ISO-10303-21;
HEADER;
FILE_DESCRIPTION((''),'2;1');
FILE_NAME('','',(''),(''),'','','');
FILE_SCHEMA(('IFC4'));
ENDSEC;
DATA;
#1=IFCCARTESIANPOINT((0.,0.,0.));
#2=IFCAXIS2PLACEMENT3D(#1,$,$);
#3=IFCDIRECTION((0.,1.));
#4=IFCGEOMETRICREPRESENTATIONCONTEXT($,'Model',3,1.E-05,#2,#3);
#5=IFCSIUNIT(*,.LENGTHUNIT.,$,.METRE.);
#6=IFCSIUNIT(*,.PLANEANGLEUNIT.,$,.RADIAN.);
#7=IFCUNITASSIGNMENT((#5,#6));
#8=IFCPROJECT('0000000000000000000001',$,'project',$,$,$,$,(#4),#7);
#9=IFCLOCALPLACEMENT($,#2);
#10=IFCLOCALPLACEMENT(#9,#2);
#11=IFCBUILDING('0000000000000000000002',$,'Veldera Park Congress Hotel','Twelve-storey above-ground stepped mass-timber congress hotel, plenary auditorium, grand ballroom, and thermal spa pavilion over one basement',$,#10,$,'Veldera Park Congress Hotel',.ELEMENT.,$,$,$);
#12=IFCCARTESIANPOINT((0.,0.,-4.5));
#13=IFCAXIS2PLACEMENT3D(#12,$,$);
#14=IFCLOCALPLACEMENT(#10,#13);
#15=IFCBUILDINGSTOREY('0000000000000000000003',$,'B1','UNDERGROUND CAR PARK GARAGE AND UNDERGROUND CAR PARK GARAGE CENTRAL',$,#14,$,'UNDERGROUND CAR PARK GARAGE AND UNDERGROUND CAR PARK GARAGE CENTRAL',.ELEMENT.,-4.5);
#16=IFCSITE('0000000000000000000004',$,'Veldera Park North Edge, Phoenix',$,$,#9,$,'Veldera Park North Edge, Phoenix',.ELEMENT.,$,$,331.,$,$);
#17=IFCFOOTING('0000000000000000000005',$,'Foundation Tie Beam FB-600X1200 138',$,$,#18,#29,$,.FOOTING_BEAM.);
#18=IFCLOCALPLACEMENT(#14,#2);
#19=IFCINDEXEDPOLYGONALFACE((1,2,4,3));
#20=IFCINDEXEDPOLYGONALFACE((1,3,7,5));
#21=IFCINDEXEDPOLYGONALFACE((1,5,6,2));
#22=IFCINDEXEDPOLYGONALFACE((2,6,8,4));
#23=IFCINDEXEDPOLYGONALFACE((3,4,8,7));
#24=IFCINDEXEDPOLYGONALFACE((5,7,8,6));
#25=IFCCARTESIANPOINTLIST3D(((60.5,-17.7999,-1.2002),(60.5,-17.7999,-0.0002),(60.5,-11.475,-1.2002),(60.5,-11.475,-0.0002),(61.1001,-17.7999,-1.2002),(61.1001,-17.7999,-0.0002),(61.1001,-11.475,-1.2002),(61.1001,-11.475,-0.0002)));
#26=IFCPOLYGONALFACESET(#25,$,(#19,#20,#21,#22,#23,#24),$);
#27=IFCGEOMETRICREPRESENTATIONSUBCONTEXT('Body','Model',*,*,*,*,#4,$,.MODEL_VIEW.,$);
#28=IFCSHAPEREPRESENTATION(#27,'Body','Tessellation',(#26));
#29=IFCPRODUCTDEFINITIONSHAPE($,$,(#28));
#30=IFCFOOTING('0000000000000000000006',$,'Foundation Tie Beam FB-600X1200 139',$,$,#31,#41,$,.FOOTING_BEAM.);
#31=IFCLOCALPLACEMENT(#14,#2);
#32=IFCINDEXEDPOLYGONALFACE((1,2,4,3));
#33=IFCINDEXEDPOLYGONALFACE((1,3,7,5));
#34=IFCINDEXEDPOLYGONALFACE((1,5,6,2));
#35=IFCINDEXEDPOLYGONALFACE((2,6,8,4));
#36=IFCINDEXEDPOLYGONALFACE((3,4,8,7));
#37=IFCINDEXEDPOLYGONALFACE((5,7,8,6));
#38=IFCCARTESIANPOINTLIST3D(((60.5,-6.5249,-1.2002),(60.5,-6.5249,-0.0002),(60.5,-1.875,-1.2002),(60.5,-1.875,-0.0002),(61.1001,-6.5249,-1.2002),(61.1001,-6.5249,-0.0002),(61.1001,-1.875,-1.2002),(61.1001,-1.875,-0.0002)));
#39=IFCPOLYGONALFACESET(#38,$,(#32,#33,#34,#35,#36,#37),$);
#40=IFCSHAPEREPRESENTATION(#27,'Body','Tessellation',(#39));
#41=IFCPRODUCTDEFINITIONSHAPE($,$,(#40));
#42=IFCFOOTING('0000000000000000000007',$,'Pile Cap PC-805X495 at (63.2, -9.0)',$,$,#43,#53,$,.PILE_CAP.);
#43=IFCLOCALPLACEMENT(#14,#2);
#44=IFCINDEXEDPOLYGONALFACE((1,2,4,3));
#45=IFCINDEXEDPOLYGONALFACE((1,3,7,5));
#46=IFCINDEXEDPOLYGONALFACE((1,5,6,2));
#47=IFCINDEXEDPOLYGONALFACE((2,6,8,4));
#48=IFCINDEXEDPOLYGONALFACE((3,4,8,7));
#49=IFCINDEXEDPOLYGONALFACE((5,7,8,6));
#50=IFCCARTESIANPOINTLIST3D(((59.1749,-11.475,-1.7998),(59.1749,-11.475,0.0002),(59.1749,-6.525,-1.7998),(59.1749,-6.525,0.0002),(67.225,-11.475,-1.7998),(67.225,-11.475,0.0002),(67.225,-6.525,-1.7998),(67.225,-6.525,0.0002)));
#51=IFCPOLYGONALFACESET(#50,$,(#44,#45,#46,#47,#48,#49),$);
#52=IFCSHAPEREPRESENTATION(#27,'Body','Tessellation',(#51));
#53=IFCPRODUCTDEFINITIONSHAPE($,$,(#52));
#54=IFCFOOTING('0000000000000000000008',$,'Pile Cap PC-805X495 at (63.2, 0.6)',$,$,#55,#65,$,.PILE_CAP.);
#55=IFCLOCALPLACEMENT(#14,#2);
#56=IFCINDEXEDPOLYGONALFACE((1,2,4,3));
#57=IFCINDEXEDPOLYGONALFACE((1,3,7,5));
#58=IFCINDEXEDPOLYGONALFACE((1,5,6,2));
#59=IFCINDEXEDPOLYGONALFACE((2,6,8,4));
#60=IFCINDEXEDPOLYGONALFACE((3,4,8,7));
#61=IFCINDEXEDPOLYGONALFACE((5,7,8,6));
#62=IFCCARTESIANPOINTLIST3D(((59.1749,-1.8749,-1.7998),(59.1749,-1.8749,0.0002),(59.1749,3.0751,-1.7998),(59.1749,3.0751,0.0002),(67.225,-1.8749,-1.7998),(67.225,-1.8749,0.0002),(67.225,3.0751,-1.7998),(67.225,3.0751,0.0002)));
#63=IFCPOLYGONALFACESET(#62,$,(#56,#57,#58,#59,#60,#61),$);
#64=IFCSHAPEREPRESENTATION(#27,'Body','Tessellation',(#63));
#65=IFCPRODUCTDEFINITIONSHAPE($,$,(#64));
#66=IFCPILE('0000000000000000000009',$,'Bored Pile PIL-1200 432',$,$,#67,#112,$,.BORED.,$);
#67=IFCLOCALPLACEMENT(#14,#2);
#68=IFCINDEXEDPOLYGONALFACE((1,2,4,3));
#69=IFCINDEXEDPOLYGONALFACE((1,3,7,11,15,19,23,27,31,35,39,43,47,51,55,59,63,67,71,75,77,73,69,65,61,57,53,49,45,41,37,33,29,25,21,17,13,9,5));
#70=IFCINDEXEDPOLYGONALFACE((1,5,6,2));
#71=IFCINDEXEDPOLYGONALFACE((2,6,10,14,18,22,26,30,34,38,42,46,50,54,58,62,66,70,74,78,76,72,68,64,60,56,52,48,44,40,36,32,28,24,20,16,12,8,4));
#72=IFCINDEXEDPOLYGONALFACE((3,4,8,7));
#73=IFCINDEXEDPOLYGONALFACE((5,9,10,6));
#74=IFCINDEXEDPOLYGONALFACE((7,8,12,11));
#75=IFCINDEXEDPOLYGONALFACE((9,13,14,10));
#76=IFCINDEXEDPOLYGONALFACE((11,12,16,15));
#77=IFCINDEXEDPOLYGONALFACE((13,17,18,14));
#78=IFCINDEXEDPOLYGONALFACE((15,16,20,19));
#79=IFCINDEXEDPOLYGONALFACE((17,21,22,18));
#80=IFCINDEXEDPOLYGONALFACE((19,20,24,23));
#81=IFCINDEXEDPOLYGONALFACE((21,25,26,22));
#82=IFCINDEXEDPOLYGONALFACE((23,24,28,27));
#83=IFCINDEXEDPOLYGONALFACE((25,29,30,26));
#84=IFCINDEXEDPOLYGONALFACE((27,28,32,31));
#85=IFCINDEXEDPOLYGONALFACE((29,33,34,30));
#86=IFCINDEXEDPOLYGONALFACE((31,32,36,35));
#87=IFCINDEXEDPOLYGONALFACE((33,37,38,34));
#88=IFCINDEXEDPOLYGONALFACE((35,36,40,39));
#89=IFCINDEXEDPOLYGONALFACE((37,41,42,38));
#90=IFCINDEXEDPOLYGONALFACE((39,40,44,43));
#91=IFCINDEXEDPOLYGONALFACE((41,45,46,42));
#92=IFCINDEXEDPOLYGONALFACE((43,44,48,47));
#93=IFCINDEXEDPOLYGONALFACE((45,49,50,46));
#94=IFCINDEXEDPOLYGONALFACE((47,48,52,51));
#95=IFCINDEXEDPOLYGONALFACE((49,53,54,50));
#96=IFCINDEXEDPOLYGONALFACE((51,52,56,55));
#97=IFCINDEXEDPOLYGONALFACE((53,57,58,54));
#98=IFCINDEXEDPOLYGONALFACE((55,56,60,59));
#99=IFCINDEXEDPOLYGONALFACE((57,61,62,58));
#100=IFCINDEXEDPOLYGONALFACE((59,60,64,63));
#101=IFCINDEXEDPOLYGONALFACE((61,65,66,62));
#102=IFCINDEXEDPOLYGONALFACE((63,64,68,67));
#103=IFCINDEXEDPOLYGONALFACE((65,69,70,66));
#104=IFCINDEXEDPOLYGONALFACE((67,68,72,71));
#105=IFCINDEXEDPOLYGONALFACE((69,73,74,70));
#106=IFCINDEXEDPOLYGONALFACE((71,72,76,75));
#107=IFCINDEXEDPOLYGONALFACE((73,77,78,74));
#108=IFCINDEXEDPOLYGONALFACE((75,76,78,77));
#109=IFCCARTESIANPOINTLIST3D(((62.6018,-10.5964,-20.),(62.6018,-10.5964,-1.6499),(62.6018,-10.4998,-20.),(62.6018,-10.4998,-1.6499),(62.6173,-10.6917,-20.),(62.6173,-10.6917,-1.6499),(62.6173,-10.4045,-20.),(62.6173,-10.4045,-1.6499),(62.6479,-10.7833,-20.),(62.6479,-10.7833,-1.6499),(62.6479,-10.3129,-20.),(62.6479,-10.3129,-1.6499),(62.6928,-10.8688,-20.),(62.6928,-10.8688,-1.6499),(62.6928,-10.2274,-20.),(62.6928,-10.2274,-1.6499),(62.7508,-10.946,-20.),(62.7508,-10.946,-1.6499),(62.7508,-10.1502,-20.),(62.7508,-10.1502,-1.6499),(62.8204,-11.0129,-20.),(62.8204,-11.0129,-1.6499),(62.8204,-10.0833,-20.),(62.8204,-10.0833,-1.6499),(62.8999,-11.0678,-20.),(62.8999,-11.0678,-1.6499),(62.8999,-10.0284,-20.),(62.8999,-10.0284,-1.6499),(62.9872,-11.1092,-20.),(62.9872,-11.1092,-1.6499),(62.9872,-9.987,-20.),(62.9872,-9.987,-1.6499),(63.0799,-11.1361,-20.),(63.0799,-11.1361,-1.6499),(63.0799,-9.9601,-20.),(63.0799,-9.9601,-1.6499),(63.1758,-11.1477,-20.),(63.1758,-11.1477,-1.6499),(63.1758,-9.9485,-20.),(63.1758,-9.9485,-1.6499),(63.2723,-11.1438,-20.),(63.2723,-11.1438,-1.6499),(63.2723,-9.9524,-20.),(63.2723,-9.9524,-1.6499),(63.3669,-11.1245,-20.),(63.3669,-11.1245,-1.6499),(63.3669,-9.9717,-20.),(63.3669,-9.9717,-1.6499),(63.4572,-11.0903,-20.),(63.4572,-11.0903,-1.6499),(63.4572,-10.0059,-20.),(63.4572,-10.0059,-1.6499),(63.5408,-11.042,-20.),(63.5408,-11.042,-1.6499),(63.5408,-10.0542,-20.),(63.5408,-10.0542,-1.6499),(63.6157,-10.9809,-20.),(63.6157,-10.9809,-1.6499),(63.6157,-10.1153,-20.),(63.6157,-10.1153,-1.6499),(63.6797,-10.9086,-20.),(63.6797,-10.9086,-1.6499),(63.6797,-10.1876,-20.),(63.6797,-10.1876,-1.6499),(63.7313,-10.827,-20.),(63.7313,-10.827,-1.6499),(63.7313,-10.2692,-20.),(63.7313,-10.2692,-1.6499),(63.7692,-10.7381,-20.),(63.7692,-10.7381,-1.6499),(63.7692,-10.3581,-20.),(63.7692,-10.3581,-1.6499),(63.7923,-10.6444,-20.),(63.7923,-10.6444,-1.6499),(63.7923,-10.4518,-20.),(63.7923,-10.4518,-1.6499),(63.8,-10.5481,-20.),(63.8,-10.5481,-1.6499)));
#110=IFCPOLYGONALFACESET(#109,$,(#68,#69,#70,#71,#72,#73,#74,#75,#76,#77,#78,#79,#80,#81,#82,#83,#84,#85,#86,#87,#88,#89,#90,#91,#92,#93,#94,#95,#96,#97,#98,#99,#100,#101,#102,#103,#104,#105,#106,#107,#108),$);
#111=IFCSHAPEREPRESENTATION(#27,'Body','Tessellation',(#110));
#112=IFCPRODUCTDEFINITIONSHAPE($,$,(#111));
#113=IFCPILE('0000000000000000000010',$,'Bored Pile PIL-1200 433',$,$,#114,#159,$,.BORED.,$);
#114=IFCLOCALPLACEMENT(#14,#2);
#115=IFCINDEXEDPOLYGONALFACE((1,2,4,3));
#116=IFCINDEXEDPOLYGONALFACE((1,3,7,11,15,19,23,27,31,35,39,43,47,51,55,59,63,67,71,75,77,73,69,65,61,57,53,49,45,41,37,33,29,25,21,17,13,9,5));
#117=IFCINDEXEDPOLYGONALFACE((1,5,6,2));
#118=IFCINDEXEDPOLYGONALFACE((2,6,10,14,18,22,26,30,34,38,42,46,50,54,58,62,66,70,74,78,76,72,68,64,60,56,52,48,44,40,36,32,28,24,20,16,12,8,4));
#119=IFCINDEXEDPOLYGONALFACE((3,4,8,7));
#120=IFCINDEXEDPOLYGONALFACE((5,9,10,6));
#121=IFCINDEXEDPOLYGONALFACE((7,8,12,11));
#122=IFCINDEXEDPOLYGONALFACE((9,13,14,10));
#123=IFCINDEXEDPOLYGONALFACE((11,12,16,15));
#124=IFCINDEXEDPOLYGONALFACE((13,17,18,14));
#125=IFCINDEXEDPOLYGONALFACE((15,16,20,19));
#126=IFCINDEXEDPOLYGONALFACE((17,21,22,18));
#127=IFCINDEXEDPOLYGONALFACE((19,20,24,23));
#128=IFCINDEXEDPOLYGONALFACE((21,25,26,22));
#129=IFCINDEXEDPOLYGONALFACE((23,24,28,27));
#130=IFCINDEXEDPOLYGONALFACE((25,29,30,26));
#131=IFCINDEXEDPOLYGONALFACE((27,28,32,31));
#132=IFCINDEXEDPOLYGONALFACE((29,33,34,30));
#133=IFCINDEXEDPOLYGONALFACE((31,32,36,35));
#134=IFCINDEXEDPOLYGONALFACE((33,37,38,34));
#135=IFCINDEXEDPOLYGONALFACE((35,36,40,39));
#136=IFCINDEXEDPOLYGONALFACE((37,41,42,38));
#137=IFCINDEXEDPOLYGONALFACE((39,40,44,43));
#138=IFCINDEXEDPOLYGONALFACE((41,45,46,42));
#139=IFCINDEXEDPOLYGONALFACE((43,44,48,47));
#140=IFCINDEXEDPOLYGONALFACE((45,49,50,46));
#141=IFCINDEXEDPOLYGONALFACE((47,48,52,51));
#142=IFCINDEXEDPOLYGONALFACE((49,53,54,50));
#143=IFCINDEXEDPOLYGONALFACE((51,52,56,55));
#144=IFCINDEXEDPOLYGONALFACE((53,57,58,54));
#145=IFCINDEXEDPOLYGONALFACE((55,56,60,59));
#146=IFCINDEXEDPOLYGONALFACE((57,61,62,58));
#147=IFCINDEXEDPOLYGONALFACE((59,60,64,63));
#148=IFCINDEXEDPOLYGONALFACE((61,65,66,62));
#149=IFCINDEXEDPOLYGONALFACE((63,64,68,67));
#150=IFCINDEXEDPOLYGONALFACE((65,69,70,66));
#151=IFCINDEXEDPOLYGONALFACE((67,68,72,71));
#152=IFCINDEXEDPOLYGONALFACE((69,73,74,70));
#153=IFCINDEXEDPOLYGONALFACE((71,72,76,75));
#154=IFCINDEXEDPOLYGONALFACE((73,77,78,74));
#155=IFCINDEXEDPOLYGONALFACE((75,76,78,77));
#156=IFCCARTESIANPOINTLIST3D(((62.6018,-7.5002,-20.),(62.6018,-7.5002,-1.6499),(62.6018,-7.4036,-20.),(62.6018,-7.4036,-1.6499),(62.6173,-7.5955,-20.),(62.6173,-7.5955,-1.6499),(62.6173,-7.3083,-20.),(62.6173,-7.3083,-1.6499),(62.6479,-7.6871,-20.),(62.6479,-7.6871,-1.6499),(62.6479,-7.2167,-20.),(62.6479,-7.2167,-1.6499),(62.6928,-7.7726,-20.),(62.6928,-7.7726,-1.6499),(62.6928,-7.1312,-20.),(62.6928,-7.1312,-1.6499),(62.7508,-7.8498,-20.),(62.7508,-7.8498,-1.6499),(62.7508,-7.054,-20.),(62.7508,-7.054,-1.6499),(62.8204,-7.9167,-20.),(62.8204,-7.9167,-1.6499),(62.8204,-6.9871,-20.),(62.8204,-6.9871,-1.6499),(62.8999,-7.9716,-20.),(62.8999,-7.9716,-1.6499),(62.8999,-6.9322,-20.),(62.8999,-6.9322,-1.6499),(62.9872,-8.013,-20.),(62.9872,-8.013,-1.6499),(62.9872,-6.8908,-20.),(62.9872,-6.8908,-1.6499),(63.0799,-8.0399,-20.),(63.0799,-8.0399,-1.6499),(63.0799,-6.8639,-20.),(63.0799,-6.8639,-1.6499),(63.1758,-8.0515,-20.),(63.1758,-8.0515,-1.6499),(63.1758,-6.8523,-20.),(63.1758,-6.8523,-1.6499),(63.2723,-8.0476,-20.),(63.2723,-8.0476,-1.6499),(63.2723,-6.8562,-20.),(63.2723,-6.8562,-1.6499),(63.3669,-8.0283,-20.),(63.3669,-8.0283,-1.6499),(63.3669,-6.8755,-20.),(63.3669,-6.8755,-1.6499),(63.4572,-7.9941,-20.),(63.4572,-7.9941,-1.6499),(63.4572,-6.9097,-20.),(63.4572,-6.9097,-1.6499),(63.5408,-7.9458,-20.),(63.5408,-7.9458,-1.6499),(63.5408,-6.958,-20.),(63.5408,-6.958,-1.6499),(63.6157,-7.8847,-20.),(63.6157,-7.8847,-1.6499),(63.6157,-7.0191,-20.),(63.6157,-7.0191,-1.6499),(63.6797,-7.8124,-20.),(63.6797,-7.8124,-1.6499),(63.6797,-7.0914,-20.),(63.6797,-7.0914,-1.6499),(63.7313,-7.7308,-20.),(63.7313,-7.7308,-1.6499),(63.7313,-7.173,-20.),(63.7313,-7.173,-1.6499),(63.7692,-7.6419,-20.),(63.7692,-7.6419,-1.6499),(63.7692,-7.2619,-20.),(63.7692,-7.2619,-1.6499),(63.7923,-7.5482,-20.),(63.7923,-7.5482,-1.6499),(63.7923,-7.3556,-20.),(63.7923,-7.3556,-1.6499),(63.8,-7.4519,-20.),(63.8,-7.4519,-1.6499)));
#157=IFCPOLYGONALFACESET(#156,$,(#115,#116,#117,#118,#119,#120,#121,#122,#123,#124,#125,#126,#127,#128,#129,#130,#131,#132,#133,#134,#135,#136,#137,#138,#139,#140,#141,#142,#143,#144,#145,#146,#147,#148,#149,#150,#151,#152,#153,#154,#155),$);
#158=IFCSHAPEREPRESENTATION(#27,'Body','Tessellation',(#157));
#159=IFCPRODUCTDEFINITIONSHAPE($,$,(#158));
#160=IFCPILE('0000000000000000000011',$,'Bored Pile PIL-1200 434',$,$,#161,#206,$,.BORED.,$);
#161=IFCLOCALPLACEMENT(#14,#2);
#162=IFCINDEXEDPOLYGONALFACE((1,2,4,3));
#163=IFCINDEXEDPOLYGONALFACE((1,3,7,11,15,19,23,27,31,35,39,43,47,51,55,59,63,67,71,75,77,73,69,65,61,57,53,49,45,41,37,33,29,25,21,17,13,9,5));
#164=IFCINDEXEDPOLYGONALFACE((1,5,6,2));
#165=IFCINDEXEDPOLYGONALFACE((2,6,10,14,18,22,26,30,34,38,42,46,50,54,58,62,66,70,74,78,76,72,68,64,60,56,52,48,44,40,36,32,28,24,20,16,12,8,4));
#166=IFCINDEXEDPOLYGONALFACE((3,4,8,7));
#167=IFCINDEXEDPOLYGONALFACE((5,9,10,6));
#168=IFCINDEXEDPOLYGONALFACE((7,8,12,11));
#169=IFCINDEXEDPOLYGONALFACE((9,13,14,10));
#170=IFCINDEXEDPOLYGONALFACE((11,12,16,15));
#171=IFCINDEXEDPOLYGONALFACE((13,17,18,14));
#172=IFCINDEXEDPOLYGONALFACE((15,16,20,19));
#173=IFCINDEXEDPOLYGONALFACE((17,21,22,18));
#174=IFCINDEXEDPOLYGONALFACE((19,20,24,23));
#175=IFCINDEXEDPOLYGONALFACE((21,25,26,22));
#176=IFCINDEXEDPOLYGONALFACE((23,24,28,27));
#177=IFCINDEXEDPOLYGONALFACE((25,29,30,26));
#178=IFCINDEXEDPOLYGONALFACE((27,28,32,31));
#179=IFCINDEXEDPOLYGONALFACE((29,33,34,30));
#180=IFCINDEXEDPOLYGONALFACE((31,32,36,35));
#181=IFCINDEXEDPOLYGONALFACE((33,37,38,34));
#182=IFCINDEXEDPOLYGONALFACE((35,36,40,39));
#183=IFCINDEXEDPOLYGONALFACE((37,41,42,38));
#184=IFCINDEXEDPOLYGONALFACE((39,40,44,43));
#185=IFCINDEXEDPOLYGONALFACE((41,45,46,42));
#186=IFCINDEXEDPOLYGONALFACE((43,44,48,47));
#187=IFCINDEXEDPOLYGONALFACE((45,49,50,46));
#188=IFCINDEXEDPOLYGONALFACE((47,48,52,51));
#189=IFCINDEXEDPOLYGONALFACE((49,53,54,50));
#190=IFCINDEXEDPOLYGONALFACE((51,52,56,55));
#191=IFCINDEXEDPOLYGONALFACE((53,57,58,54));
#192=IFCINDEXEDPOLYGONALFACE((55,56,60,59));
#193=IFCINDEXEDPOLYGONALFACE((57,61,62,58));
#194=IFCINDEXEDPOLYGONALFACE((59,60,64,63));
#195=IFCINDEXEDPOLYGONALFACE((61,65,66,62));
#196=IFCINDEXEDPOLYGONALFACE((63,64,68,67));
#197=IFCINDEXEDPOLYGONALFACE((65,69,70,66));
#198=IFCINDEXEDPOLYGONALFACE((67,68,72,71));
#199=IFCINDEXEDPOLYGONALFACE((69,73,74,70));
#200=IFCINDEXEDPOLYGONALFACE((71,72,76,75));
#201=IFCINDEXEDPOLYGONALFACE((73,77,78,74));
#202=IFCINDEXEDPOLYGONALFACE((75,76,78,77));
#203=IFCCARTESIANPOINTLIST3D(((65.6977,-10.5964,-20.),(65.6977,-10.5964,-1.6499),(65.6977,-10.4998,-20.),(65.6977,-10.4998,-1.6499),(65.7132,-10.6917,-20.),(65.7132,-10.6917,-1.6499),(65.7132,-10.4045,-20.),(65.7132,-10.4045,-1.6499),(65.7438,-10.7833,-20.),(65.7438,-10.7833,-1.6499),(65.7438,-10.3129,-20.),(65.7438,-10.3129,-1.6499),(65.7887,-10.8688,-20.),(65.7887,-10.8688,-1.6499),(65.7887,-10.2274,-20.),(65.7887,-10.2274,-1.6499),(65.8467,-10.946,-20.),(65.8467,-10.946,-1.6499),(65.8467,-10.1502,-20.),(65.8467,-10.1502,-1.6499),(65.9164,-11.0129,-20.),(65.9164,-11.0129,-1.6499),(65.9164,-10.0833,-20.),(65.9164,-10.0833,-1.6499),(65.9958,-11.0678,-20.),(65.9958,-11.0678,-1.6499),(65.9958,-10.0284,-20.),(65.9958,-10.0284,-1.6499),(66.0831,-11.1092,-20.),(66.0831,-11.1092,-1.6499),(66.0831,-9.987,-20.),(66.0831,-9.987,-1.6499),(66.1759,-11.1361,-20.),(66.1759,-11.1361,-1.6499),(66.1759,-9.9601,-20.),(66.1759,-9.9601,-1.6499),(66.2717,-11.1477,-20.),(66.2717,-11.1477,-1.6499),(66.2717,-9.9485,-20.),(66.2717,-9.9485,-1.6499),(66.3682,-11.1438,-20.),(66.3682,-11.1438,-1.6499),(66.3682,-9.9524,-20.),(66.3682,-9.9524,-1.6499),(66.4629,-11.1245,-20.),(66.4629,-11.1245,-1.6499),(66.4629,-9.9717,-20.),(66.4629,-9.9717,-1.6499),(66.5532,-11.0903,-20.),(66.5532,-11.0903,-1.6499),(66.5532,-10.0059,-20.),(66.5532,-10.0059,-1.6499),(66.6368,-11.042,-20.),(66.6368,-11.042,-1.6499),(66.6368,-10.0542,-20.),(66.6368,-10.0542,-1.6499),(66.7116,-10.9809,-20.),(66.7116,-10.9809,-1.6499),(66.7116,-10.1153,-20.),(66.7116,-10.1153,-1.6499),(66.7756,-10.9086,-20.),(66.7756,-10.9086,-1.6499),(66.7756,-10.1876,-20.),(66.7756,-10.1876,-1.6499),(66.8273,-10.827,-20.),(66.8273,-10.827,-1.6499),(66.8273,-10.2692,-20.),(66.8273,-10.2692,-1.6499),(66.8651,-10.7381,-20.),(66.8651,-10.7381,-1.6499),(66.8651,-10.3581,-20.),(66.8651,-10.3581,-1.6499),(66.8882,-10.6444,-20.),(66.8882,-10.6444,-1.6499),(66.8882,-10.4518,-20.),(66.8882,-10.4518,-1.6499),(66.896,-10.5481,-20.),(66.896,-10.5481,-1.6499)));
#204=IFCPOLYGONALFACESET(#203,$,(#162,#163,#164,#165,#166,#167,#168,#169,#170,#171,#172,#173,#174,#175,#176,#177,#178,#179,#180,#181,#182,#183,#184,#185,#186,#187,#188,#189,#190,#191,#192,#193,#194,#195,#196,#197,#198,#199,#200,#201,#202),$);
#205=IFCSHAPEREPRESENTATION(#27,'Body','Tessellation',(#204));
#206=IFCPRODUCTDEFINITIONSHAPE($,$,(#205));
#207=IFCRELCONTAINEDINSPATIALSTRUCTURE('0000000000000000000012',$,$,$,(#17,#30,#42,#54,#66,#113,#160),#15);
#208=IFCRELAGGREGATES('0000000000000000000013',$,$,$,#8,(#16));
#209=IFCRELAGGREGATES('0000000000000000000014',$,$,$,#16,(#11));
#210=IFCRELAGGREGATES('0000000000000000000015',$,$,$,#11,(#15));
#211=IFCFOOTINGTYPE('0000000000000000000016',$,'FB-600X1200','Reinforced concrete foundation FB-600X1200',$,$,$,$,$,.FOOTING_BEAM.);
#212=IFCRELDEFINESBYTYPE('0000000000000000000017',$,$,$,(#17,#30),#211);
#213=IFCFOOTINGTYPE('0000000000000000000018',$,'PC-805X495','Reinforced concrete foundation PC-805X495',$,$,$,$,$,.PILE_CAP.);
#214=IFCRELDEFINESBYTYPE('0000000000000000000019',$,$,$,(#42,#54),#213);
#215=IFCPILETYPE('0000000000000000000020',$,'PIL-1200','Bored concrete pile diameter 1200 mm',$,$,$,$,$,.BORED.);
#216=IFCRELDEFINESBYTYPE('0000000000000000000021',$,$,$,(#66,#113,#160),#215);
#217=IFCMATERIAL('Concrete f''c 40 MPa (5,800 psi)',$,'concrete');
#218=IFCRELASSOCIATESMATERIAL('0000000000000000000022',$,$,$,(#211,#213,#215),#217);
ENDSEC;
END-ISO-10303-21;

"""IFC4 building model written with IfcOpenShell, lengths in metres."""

from ifc_helpers import new_model, si_unit, direction, frame, origin, origin_2d, place, context, subcontext, project, spatial, rectangle, circle, extrude, material, material_profile, profile_set, type_object, element, save


model = new_model("IFC4")

# Units and contexts
model_context = context("Model", 3, precision=1e-05, world=origin(), true_north=direction((0.0, 1.0)))
body_context = subcontext(model_context, "Body", "Model", "MODEL_VIEW")
ifc_project = project(units=[si_unit("LENGTHUNIT", "METRE"), si_unit("PLANEANGLEUNIT", "RADIAN")], contexts=[model_context])

# Site, building, storey
site_placement = place(None, origin())
site = spatial("IfcSite", under=ifc_project, at=site_placement, Name="Veldera Park North Edge, Phoenix", LongName="Veldera Park North Edge, Phoenix", CompositionType="ELEMENT", RefElevation=331.0)
building_placement = place(site_placement, origin())
building = spatial("IfcBuilding", under=site, at=building_placement, Name="Veldera Park Congress Hotel", Description="Twelve-storey above-ground stepped mass-timber congress hotel, plenary auditorium, grand ballroom, and thermal spa pavilion over one basement", LongName="Veldera Park Congress Hotel", CompositionType="ELEMENT")
storey_placement = place(building_placement, frame((0.0, 0.0, -4.5)))
storey = spatial("IfcBuildingStorey", under=building, at=storey_placement, Name="B1", Description="UNDERGROUND CAR PARK GARAGE AND UNDERGROUND CAR PARK GARAGE CENTRAL", LongName="UNDERGROUND CAR PARK GARAGE AND UNDERGROUND CAR PARK GARAGE CENTRAL", CompositionType="ELEMENT", Elevation=-4.5)

# Footings
ifc_material_1 = material(Name="Concrete f'c 40 MPa (5,800 psi)", Category="concrete")
footing_type_1 = type_object("IfcFootingType", Name="FB-600X1200", Description="Reinforced concrete foundation FB-600X1200", PredefinedType="FOOTING_BEAM", material=ifc_material_1)
footing_1_placement = place(storey_placement, frame((60.8, -14.6375, -1.2002), z_axis=(0.0, 0.0, 1.0), x_axis=(0.0, 1.0, 0.0)))
element("IfcFooting", 1, at=footing_1_placement, inside=storey, type_object=footing_type_1, Name="Foundation Tie Beam FB-600X1200 138", PredefinedType="FOOTING_BEAM", context=body_context, shape_type="SweptSolid", body=[
    extrude(rectangle(XDim=6.325, YDim=0.6001, at=origin_2d()), origin(), (0.0, 0.0, 1.0), 1.2),
])
footing_2_placement = place(storey_placement, frame((60.8, -4.2, -1.2002), z_axis=(0.0, 0.0, 1.0), x_axis=(0.0, 1.0, 0.0)))
element("IfcFooting", 2, at=footing_2_placement, inside=storey, type_object=footing_type_1, Name="Foundation Tie Beam FB-600X1200 139", PredefinedType="FOOTING_BEAM", context=body_context, shape_type="SweptSolid", body=[
    extrude(rectangle(XDim=4.6499, YDim=0.6001, at=origin_2d()), origin(), (0.0, 0.0, 1.0), 1.2),
])
footing_type_2 = type_object("IfcFootingType", Name="PC-805X495", Description="Reinforced concrete foundation PC-805X495", PredefinedType="PILE_CAP", material=ifc_material_1)
for number, where, z_axis, x_axis, name in (
    (3, (63.2, -9.0, -1.7998), (0.0, 0.0, 1.0), (1.0, 0.0, 0.0), "Pile Cap PC-805X495 at (63.2, -9.0)"),
    (4, (63.2, 0.6001, -1.7998), (0.0, 0.0, 1.0), (1.0, 0.0, 0.0), "Pile Cap PC-805X495 at (63.2, 0.6)"),
):
    element("IfcFooting", number, at=place(storey_placement, frame(where, z_axis=z_axis, x_axis=x_axis)), inside=storey, type_object=footing_type_2, Name=name, PredefinedType="PILE_CAP", context=body_context, shape_type="SweptSolid", body=[
        extrude(rectangle(XDim=8.05, YDim=4.95, at=origin_2d()), origin(), (0.0, 0.0, 1.0), 1.8),
    ])

# Piles
ifc_material_profile_1 = material_profile(ifc_material_1, circle(Radius=0.6001, at=origin_2d()), Name="PILE D1200")
ifc_profile_set_1 = profile_set([ifc_material_profile_1], Name="Concrete f'c 40 MPa (5,800 psi)")
pile_type = type_object("IfcPileType", Name="PIL-1200", Description="Bored concrete pile diameter 1200 mm", PredefinedType="BORED", material=ifc_profile_set_1)
for number, where, z_axis, x_axis, name in (
    (5, (63.2, -10.5481, -1.6499), (0.0, 0.0, -1.0), (1.0, 0.0, 0.0), "Bored Pile PIL-1200 432"),
    (6, (63.2, -7.4519, -1.6499), (0.0, 0.0, -1.0), (1.0, 0.0, 0.0), "Bored Pile PIL-1200 433"),
    (7, (66.2959, -10.5481, -1.6499), (0.0, 0.0, -1.0), (1.0, 0.0, 0.0), "Bored Pile PIL-1200 434"),
):
    element("IfcPile", number, at=place(storey_placement, frame(where, z_axis=z_axis, x_axis=x_axis)), inside=storey, type_object=pile_type, Name=name, PredefinedType="BORED", context=body_context, shape_type="SweptSolid", body=[
        extrude(circle(Radius=0.6001, at=origin_2d()), origin(), (0.0, 0.0, 1.0), 18.3501),
    ])

save(model, "model.ifc")
